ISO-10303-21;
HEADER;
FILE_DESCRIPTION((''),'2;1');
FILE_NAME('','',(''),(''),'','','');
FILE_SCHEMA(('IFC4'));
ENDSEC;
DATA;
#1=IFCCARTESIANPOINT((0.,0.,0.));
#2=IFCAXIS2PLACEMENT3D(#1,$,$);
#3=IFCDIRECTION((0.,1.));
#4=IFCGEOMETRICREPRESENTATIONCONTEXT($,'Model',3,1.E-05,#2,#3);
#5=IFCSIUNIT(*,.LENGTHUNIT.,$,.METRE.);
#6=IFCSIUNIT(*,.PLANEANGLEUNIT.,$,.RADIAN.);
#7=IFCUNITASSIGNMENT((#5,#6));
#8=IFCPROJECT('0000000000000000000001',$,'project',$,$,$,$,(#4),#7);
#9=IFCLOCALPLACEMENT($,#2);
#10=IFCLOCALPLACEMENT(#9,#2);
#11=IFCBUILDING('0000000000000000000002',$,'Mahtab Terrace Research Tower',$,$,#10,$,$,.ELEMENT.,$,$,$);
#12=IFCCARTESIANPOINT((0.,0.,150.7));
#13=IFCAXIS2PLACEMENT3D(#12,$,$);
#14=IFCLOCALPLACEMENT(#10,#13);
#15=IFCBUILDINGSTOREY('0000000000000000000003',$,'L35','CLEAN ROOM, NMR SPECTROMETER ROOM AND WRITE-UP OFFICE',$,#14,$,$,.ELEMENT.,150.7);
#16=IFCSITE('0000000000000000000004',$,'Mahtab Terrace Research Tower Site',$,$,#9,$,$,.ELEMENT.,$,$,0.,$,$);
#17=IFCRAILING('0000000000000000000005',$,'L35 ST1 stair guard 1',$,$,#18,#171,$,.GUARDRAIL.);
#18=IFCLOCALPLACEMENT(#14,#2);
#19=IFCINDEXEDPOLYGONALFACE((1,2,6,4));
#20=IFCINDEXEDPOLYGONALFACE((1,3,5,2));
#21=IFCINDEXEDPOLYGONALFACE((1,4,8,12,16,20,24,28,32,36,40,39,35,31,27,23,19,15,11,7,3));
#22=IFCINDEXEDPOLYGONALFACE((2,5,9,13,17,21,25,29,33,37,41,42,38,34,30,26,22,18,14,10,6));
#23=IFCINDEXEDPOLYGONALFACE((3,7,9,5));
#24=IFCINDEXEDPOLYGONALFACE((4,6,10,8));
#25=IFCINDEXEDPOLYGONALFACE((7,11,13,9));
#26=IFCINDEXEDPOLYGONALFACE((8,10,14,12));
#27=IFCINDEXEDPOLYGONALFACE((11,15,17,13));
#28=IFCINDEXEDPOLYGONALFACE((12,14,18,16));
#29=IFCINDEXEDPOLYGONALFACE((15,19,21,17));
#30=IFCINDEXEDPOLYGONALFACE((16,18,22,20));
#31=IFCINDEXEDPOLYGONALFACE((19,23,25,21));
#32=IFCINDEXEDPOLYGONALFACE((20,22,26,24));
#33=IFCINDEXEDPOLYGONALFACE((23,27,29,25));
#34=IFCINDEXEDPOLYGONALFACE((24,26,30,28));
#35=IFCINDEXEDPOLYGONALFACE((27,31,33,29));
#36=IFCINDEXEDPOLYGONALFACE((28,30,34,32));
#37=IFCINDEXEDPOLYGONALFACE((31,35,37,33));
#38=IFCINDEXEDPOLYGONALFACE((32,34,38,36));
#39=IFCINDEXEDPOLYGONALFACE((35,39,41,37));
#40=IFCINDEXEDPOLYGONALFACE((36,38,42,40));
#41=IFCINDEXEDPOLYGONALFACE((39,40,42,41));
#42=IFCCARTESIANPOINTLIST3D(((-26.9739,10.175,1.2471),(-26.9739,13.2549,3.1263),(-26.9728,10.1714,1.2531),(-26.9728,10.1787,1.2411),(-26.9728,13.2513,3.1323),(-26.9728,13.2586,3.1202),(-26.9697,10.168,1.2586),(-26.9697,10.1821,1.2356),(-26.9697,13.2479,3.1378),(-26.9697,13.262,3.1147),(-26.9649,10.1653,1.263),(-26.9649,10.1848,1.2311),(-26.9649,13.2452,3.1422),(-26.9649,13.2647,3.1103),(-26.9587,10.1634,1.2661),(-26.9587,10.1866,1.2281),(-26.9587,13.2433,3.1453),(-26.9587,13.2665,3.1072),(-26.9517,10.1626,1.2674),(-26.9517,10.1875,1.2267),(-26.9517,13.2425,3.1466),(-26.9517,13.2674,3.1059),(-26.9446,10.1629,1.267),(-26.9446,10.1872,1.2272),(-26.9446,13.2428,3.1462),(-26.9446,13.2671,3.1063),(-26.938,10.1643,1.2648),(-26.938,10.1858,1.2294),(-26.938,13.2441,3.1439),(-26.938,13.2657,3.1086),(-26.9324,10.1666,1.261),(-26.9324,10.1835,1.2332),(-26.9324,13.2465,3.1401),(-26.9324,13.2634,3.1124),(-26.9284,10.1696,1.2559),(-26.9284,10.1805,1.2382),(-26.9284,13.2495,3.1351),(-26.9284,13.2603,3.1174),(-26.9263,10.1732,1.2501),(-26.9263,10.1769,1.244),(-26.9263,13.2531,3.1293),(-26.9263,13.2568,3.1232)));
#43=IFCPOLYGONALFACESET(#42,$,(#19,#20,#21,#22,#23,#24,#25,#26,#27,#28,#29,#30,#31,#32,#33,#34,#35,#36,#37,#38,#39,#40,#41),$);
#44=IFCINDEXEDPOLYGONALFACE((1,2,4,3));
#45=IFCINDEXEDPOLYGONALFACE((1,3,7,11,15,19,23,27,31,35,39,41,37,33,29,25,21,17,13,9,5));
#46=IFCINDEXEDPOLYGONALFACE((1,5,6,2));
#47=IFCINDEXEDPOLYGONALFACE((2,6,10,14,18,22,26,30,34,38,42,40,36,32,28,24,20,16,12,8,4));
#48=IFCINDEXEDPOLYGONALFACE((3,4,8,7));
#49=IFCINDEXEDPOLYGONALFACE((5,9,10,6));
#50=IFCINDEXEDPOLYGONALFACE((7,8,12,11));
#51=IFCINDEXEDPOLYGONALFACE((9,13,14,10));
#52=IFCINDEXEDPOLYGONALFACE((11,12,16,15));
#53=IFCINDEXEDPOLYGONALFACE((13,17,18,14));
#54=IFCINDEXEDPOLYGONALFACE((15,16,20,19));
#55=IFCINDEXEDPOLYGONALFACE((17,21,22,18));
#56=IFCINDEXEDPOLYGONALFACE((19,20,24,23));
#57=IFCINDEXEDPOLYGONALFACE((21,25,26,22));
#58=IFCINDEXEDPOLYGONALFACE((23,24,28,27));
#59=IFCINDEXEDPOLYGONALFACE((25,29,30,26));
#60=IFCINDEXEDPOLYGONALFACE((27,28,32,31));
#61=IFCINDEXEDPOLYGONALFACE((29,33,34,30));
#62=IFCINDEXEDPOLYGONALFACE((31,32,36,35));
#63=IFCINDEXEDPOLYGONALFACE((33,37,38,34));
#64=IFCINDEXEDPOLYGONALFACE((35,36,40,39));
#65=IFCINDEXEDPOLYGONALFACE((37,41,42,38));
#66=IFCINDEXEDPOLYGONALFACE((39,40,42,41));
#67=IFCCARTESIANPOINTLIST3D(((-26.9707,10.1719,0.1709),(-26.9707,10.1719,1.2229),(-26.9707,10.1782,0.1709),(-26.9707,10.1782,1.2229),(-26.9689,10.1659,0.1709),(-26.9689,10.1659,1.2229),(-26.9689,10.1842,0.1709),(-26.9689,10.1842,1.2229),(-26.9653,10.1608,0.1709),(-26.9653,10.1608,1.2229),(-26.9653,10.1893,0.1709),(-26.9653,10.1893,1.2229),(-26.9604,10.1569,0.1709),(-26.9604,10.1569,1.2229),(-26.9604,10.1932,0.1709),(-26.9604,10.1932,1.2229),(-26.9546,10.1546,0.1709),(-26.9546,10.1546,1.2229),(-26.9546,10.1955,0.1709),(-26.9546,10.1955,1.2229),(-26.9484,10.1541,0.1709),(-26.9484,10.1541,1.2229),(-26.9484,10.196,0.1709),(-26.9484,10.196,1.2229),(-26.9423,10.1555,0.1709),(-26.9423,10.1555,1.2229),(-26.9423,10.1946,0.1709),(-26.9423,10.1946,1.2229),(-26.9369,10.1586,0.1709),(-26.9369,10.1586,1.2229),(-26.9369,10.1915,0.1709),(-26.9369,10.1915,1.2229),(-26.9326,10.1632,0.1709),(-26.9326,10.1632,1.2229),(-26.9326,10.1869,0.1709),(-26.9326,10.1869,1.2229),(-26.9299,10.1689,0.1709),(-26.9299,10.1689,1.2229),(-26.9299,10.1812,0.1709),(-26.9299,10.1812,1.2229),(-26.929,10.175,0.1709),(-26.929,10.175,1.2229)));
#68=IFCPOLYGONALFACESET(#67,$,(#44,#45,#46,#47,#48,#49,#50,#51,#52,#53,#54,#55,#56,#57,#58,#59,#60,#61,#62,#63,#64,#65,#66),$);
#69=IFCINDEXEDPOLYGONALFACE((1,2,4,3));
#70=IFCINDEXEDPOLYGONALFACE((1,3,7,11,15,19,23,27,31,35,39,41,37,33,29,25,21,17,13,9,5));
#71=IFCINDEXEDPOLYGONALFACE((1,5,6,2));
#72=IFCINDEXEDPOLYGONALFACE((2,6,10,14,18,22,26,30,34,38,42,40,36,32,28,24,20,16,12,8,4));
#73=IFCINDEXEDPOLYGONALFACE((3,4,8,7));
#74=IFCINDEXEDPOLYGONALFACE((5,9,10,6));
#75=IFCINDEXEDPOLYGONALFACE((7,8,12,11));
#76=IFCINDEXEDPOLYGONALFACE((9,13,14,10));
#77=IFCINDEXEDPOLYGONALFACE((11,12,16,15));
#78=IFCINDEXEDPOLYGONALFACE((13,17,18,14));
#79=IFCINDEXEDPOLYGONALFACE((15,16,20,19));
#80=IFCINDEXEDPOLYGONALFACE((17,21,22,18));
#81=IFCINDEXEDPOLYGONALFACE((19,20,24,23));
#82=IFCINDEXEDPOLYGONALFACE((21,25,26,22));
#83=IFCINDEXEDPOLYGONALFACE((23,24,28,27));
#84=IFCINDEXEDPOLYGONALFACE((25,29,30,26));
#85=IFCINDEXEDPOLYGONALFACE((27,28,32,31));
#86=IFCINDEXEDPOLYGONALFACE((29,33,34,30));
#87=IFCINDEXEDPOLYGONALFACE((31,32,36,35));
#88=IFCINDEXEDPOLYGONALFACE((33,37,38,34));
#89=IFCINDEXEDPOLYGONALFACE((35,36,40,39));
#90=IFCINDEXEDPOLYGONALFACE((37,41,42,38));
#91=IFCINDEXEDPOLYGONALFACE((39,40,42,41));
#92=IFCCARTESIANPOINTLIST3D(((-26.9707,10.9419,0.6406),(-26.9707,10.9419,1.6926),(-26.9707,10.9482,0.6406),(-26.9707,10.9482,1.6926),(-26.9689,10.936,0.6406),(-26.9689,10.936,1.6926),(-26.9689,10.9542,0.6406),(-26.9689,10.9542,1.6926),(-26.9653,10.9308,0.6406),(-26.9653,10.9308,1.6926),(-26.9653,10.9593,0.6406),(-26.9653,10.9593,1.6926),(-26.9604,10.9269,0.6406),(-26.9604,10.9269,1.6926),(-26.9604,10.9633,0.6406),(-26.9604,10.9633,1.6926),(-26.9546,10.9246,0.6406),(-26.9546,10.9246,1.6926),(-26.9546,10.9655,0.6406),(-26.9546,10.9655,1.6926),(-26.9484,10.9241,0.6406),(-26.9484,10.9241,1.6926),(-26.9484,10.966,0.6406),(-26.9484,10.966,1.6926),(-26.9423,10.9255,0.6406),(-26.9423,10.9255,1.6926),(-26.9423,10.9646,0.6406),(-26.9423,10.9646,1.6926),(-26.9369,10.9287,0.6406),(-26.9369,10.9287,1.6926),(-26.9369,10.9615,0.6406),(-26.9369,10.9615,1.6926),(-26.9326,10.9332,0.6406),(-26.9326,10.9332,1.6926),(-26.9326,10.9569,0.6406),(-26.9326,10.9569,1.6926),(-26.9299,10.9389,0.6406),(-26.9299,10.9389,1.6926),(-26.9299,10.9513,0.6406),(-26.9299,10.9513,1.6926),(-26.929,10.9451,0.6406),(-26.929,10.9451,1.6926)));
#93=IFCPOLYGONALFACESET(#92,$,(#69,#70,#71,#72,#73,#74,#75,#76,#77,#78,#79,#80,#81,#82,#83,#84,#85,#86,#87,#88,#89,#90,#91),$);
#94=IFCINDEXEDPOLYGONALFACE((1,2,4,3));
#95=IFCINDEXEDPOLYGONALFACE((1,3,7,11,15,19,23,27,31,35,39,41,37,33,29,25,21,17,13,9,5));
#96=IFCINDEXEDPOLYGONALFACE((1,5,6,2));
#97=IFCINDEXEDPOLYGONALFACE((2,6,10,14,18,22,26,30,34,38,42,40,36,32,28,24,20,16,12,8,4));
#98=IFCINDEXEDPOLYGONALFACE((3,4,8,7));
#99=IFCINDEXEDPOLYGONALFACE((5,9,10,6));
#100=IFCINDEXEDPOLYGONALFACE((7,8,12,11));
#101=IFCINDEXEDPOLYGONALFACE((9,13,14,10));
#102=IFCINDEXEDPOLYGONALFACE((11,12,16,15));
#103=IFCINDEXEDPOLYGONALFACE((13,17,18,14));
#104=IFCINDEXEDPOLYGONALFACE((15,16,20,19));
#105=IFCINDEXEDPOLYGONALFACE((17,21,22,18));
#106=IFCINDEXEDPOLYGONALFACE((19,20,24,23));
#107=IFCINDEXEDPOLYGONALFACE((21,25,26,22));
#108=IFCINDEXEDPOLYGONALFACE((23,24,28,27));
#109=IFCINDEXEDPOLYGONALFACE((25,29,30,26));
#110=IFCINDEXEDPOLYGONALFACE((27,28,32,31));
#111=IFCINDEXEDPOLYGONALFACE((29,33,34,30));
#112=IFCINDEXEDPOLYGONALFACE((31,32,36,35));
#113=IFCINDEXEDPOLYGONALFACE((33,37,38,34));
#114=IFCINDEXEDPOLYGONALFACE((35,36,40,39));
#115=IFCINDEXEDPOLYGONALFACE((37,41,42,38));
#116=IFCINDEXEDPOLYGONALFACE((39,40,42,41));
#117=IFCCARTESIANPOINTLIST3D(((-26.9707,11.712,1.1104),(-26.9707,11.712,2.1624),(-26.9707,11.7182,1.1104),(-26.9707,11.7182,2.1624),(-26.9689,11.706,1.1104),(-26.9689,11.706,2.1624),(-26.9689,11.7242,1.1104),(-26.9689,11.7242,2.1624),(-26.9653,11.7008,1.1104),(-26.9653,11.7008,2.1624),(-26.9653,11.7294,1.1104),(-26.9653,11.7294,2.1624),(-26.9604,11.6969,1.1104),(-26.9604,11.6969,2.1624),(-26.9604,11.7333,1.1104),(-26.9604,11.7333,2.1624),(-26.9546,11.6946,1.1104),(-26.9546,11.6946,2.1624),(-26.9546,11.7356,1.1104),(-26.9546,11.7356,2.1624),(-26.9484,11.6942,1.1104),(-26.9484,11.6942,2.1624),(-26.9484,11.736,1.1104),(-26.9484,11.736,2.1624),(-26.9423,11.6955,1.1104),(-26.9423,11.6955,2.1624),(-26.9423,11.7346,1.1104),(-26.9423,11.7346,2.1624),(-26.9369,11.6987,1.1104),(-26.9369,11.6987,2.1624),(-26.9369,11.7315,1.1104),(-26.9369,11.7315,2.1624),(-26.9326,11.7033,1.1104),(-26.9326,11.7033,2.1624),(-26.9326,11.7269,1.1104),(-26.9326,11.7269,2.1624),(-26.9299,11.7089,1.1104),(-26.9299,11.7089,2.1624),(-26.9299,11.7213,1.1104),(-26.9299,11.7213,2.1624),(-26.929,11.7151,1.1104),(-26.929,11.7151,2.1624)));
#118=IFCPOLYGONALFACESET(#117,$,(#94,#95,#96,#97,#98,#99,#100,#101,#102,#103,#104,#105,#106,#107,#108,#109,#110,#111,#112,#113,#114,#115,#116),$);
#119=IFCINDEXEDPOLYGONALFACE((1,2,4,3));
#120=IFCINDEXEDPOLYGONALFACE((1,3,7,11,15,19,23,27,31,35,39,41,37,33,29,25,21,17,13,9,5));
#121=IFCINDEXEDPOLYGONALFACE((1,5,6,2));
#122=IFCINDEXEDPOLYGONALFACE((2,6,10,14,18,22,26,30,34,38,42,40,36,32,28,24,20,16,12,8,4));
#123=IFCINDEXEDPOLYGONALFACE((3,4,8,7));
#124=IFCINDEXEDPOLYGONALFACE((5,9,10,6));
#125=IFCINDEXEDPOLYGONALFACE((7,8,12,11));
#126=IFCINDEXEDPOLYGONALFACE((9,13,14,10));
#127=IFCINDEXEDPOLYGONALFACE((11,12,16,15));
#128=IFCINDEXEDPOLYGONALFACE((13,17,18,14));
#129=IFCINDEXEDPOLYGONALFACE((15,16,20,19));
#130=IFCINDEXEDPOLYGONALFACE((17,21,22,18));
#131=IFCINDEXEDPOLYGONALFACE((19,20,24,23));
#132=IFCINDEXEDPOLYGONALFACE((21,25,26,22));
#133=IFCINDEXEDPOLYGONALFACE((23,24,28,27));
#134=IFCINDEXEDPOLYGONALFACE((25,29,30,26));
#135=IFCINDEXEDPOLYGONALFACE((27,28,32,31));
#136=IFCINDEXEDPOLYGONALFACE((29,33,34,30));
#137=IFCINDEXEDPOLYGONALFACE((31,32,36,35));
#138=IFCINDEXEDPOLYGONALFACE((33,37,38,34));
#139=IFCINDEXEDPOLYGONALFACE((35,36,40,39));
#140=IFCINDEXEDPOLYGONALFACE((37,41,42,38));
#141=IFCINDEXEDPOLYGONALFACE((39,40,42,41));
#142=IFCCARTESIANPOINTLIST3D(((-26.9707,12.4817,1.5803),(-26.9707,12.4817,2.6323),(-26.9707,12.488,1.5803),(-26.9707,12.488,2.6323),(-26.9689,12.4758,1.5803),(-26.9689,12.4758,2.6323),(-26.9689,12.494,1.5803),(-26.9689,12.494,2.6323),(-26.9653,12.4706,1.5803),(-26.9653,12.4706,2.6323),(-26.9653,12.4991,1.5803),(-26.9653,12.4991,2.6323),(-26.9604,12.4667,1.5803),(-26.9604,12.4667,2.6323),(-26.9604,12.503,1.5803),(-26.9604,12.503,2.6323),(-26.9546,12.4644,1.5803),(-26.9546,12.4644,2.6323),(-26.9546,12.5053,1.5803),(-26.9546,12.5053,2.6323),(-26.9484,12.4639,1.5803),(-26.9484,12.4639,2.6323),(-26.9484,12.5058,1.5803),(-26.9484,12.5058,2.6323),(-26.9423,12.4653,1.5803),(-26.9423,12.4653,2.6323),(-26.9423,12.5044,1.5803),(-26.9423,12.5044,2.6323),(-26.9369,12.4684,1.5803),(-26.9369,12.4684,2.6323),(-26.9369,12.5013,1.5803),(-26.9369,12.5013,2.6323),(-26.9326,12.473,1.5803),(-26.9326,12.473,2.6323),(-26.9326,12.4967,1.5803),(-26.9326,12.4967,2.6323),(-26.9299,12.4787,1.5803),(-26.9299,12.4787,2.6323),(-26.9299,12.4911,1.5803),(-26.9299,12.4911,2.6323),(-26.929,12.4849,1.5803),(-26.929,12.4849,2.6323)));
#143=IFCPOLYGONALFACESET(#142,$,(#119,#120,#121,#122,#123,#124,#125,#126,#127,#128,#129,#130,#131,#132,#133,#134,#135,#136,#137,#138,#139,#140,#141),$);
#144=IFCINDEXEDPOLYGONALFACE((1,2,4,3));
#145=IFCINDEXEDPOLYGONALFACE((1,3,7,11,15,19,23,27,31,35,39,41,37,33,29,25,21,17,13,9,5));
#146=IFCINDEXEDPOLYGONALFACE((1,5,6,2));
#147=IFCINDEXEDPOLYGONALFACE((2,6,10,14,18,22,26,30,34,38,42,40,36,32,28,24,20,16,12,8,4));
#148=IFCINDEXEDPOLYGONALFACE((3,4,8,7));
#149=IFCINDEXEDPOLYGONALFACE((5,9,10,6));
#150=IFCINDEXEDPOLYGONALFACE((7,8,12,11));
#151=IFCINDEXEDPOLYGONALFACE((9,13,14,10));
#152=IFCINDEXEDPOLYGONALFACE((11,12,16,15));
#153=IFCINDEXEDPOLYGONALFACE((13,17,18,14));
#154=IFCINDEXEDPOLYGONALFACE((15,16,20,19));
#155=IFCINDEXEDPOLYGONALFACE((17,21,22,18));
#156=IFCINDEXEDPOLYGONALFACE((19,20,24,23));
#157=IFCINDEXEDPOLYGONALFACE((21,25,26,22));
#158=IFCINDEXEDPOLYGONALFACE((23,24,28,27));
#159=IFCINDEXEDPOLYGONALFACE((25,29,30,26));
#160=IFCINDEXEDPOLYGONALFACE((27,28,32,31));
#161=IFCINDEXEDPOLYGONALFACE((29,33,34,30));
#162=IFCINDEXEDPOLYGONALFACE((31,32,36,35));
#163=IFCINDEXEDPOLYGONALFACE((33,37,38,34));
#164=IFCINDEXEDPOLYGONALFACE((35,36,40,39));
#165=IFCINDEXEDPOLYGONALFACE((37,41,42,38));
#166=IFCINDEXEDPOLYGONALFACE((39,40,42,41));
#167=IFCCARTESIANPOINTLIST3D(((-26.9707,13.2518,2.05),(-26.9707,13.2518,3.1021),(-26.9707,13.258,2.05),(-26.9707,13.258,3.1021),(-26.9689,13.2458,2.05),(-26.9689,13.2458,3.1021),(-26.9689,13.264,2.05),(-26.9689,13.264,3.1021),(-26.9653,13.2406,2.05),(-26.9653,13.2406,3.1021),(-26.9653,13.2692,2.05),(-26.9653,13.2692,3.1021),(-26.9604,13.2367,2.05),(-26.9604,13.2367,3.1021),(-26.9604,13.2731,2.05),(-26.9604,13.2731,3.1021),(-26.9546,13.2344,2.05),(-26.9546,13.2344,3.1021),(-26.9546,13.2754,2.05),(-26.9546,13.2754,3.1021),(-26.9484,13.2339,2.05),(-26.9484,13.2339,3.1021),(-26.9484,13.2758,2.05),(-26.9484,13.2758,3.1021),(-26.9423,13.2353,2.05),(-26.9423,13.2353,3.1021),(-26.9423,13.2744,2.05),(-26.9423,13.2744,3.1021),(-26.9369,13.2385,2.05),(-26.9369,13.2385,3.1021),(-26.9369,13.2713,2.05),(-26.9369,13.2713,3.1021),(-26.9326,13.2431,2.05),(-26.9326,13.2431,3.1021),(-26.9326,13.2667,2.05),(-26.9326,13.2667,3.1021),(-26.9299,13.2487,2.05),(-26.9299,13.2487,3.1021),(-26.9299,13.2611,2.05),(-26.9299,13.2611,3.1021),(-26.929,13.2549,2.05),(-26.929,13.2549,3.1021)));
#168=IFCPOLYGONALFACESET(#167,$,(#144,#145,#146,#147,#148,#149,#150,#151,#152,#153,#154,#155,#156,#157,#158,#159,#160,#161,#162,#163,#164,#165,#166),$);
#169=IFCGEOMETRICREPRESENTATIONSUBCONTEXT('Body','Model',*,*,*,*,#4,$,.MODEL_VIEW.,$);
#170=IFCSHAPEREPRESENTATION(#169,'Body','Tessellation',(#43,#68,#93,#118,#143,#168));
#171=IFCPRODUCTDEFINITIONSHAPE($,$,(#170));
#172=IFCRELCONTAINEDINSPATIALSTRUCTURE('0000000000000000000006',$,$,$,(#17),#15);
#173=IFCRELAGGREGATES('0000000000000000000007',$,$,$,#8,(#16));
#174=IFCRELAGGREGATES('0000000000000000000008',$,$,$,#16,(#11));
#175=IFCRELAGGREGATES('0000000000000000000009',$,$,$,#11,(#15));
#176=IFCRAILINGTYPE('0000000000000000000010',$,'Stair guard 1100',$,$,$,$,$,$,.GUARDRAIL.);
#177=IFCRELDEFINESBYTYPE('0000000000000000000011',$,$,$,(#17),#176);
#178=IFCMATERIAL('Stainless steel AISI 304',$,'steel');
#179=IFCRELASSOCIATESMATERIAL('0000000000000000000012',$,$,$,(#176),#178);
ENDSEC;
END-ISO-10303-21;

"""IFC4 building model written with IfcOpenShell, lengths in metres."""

from ifc_helpers import new_model, si_unit, direction, frame, origin, origin_2d, place, context, subcontext, project, spatial, circle, extrude, material, type_object, element, save


model = new_model("IFC4")

# Units and contexts
model_context = context("Model", 3, precision=1e-05, world=origin(), true_north=direction((0.0, 1.0)))
body_context = subcontext(model_context, "Body", "Model", "MODEL_VIEW")
ifc_project = project(units=[si_unit("LENGTHUNIT", "METRE"), si_unit("PLANEANGLEUNIT", "RADIAN")], contexts=[model_context])

# Site, building, storey
site_placement = place(None, origin())
site = spatial("IfcSite", under=ifc_project, at=site_placement, Name="Mahtab Terrace Research Tower Site", CompositionType="ELEMENT", RefElevation=0.0)
building_placement = place(site_placement, origin())
building = spatial("IfcBuilding", under=site, at=building_placement, Name="Mahtab Terrace Research Tower", CompositionType="ELEMENT")
storey_placement = place(building_placement, frame((0.0, 0.0, 150.7)))
storey = spatial("IfcBuildingStorey", under=building, at=storey_placement, Name="L35", Description="CLEAN ROOM, NMR SPECTROMETER ROOM AND WRITE-UP OFFICE", CompositionType="ELEMENT", Elevation=150.7)

# Railing
ifc_material_1 = material(Name="Stainless steel AISI 304", Category="steel")
railing_type_1 = type_object("IfcRailingType", Name="Stair guard 1100", PredefinedType="GUARDRAIL", material=ifc_material_1)
railing_1_placement = place(storey_placement, frame((-26.95, 10.175, 0.1709)))
element("IfcRailing", 1, at=railing_1_placement, inside=storey, type_object=railing_type_1, Name="L35 ST1 stair guard 1", PredefinedType="GUARDRAIL", context=body_context, shape_type="SweptSolid", body=[
    extrude(circle(Radius=0.0239, at=origin_2d()), frame((0.0, 0.0, 1.0762), z_axis=(0.0, 0.853648, 0.52085), x_axis=(-1.0, 0.0, 0.0)), (0.0, 0.0, 1.0), 3.6079),
    extrude(circle(Radius=0.021, at=origin_2d()), origin(), (0.0, 0.0, 1.0), 1.052),
    extrude(circle(Radius=0.021, at=origin_2d()), frame((0.0, 0.77, 0.4697)), (0.0, 0.0, 1.0), 1.052),
    extrude(circle(Radius=0.021, at=origin_2d()), frame((0.0, 1.54, 0.9395)), (0.0, 0.0, 1.0), 1.052),
    extrude(circle(Radius=0.021, at=origin_2d()), frame((0.0, 2.3098, 1.4094)), (0.0, 0.0, 1.0), 1.052),
    extrude(circle(Radius=0.021, at=origin_2d()), frame((0.0, 3.0798, 1.8792)), (0.0, 0.0, 1.0), 1.052),
])

save(model, "model.ifc")
